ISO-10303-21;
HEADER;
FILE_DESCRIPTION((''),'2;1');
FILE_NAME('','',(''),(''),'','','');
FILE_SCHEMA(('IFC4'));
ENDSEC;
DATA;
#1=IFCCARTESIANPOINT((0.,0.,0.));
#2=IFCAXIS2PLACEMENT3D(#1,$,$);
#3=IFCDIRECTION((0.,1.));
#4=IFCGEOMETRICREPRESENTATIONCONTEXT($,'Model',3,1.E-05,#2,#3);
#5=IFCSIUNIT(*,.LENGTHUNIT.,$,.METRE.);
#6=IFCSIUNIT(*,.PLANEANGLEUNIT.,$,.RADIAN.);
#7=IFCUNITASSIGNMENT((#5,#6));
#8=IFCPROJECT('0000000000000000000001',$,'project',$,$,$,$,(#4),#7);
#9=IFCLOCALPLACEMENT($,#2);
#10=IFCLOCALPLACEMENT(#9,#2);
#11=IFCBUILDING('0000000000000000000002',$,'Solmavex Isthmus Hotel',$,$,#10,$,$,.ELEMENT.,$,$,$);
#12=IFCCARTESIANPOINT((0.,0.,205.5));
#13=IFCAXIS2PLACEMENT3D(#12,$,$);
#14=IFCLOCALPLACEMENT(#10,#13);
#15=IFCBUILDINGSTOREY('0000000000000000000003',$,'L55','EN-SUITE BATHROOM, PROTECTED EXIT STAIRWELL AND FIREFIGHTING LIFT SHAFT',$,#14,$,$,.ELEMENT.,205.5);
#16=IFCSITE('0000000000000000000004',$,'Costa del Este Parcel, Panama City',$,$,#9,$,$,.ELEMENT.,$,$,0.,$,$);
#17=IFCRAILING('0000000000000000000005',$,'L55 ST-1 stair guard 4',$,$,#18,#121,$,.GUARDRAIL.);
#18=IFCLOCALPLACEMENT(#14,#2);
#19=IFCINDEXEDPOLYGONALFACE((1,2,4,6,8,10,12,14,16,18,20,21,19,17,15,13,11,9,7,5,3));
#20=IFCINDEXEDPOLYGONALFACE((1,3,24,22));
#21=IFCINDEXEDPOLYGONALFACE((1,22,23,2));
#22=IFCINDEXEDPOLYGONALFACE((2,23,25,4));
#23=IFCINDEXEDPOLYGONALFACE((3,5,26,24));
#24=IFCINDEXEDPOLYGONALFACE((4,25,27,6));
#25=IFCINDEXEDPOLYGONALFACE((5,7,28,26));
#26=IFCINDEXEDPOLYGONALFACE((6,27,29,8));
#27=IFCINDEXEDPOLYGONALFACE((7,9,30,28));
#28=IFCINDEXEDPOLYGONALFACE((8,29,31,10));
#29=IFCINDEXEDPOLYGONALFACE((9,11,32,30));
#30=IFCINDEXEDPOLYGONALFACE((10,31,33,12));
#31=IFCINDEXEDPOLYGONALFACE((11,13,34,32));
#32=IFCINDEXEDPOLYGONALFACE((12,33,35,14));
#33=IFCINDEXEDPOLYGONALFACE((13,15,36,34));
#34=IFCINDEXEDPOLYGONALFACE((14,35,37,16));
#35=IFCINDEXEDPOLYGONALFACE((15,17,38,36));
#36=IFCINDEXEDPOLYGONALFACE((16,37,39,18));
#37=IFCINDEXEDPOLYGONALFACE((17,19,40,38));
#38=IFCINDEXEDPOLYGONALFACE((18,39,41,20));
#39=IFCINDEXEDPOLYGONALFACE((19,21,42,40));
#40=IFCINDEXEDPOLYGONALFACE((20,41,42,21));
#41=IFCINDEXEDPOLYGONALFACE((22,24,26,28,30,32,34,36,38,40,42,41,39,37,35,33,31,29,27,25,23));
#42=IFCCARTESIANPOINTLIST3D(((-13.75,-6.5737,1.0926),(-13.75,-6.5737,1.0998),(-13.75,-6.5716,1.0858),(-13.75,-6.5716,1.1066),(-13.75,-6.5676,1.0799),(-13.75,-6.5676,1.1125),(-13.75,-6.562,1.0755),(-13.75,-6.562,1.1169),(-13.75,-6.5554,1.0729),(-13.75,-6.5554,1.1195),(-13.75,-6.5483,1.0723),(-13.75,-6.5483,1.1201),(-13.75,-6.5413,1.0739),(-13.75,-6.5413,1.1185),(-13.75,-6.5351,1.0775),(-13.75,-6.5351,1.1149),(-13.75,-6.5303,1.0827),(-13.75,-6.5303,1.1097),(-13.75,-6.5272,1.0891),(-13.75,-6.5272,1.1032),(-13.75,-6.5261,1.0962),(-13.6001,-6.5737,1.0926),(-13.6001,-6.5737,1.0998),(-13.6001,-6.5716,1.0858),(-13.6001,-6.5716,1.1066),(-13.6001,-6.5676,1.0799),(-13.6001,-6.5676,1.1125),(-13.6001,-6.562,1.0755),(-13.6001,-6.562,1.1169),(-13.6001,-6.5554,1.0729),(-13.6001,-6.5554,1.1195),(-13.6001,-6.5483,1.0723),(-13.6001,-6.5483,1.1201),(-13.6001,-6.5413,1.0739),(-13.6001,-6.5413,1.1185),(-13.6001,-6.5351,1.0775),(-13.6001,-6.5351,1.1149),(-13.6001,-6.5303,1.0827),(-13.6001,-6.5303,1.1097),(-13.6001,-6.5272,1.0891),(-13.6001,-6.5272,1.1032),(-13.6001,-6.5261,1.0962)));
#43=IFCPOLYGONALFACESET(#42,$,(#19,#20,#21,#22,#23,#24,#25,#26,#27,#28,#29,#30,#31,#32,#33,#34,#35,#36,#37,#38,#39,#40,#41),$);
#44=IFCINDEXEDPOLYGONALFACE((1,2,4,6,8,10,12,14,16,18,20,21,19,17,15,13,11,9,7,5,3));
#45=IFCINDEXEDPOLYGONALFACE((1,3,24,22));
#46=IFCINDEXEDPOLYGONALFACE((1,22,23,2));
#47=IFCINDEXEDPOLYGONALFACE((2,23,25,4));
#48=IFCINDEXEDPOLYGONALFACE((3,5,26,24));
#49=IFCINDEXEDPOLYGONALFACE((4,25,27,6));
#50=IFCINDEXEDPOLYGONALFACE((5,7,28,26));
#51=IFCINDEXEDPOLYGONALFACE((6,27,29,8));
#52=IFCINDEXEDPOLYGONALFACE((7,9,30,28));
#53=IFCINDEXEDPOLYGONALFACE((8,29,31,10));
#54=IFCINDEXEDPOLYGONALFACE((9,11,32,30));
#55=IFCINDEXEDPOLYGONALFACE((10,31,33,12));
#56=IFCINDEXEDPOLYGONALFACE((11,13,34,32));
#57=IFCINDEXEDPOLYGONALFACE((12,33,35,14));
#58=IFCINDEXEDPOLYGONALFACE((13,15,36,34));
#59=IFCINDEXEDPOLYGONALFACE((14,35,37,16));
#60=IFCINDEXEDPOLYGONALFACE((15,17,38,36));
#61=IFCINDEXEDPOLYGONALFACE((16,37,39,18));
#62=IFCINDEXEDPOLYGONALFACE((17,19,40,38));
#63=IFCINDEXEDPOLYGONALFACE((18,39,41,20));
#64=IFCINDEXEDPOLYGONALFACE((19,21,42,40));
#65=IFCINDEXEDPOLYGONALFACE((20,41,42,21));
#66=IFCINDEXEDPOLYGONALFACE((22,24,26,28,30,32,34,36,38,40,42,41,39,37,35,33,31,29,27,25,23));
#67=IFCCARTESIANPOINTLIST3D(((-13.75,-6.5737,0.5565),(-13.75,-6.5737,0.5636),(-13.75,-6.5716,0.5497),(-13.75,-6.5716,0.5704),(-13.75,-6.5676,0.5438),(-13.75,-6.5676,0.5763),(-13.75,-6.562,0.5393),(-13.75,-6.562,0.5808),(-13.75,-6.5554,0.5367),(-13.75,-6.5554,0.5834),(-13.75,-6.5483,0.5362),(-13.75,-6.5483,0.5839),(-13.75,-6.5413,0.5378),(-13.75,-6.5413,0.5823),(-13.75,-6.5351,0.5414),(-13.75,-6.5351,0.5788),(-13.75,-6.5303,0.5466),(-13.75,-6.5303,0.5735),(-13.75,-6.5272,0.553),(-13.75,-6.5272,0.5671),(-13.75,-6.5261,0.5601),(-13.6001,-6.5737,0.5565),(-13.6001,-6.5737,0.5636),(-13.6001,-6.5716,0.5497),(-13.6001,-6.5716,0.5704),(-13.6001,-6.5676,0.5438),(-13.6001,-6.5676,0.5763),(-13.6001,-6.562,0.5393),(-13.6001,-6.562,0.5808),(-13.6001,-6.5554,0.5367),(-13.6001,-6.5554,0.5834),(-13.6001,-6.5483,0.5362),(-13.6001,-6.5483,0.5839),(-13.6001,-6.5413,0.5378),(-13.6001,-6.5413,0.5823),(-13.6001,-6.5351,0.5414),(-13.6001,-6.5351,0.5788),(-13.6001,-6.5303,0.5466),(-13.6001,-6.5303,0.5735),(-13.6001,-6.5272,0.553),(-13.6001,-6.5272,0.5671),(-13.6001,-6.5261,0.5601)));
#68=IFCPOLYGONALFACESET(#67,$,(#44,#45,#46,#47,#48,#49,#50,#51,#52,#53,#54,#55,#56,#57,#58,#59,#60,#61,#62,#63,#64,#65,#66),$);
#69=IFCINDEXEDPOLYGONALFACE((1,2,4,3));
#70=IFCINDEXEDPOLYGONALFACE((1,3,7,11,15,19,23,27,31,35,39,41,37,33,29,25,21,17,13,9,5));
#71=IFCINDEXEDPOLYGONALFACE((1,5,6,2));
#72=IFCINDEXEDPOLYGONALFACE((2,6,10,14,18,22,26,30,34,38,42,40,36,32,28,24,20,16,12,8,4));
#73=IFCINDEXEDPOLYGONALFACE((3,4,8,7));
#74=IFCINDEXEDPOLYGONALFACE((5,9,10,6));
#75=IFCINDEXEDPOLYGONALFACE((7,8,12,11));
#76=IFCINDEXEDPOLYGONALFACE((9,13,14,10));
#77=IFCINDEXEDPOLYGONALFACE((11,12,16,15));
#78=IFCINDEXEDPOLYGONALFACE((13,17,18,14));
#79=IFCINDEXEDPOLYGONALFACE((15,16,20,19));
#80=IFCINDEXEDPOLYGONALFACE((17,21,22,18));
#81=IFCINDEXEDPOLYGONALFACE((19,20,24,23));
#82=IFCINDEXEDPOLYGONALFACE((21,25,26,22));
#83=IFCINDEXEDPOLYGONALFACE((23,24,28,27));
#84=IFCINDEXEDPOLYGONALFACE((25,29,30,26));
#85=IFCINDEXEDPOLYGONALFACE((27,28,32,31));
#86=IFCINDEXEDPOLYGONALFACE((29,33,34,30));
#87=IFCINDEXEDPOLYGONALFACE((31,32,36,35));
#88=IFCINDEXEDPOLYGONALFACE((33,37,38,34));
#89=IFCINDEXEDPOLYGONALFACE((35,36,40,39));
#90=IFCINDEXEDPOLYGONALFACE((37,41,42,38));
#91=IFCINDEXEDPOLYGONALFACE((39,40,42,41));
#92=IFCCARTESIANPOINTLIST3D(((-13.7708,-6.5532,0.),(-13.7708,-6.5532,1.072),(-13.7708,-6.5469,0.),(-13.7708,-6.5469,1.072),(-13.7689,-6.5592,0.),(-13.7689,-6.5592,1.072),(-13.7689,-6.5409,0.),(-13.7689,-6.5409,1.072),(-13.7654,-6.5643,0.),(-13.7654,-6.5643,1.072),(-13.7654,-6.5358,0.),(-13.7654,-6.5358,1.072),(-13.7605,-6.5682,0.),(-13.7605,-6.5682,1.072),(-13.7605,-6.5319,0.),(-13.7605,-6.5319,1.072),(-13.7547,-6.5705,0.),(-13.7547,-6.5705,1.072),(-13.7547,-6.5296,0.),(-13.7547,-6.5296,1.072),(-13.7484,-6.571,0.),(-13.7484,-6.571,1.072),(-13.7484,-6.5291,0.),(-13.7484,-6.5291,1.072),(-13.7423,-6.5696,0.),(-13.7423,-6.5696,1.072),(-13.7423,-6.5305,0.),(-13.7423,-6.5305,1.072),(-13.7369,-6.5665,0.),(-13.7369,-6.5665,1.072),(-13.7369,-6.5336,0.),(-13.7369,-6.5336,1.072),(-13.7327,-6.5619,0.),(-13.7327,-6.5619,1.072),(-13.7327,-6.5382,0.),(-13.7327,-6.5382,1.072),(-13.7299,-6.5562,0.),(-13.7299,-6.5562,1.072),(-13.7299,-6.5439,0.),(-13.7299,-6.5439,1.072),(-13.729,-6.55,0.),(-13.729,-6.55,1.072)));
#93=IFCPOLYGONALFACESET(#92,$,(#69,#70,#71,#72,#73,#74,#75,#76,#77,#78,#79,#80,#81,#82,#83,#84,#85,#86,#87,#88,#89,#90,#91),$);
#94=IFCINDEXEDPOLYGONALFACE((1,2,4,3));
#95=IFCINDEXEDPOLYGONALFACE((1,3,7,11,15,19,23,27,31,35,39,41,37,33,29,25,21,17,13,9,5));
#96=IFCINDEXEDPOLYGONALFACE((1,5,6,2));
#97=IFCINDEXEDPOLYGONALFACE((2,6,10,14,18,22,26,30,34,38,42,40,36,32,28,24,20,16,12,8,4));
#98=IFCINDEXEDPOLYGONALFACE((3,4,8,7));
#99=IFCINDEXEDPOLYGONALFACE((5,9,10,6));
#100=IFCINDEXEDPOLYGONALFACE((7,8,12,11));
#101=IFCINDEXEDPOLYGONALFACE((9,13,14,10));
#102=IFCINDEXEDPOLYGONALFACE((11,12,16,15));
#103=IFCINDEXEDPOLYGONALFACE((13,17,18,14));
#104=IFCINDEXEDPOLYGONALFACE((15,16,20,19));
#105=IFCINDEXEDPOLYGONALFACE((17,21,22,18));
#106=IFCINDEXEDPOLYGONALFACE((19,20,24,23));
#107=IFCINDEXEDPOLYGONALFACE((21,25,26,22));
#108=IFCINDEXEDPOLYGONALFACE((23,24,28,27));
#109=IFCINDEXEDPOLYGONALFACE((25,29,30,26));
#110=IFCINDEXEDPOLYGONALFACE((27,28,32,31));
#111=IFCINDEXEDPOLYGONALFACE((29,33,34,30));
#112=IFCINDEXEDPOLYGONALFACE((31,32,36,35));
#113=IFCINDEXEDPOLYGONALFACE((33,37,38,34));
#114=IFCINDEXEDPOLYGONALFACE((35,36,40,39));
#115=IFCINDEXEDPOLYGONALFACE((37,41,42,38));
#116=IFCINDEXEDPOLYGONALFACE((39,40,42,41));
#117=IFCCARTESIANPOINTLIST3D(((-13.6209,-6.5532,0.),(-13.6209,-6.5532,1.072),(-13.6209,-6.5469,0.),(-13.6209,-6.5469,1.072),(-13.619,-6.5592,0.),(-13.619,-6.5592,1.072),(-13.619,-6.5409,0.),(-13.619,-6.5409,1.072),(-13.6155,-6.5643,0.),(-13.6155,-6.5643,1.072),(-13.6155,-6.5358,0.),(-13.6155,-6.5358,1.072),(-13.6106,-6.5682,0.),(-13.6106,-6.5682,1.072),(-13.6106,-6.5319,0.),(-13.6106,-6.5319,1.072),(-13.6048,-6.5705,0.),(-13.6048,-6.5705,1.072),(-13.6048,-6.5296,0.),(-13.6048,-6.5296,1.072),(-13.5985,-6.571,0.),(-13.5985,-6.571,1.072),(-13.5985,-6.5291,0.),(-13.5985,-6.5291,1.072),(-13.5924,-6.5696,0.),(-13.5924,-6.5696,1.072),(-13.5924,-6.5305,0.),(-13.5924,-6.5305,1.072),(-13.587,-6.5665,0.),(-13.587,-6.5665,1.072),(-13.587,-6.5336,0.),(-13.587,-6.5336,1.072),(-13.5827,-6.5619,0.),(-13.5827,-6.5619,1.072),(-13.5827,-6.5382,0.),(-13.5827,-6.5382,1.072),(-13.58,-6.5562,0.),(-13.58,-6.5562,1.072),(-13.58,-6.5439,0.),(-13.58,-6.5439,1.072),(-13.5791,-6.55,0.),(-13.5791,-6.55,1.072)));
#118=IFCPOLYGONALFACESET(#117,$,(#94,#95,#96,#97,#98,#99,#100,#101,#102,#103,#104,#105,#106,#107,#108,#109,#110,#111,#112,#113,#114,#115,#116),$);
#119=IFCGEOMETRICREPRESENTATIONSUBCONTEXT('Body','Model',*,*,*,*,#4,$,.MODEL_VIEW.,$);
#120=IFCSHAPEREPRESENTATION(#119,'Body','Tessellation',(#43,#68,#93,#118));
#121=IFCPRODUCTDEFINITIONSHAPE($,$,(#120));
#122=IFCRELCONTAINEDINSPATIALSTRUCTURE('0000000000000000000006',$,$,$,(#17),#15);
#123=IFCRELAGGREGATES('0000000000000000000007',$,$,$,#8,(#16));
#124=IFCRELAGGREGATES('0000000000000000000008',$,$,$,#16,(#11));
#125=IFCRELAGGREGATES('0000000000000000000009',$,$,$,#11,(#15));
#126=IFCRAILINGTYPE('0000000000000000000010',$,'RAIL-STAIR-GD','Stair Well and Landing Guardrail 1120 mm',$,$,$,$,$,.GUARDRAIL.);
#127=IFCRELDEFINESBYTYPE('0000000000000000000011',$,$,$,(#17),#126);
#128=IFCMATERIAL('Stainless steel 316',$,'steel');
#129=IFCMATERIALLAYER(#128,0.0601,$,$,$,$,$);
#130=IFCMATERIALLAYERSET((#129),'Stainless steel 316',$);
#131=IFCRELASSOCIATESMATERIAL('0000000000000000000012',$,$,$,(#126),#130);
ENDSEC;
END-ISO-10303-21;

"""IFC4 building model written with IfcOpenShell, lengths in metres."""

from ifc_helpers import new_model, si_unit, direction, frame, origin, origin_2d, place, context, subcontext, project, spatial, circle, extrude, material, layer, layer_set, type_object, element, save


model = new_model("IFC4")

# Units and contexts
model_context = context("Model", 3, precision=1e-05, world=origin(), true_north=direction((0.0, 1.0)))
body_context = subcontext(model_context, "Body", "Model", "MODEL_VIEW")
ifc_project = project(units=[si_unit("LENGTHUNIT", "METRE"), si_unit("PLANEANGLEUNIT", "RADIAN")], contexts=[model_context])

# Site, building, storey
site_placement = place(None, origin())
site = spatial("IfcSite", under=ifc_project, at=site_placement, Name="Costa del Este Parcel, Panama City", CompositionType="ELEMENT", RefElevation=0.0)
building_placement = place(site_placement, origin())
building = spatial("IfcBuilding", under=site, at=building_placement, Name="Solmavex Isthmus Hotel", CompositionType="ELEMENT")
storey_placement = place(building_placement, frame((0.0, 0.0, 205.5)))
storey = spatial("IfcBuildingStorey", under=building, at=storey_placement, Name="L55", Description="EN-SUITE BATHROOM, PROTECTED EXIT STAIRWELL AND FIREFIGHTING LIFT SHAFT", CompositionType="ELEMENT", Elevation=205.5)

# Railing
ifc_material_1 = material(Name="Stainless steel 316", Category="steel")
ifc_layer_1 = layer(ifc_material_1, 0.0601)
ifc_layer_set_1 = layer_set([ifc_layer_1], Name="Stainless steel 316")
railing_type_1 = type_object("IfcRailingType", Name="RAIL-STAIR-GD", Description="Stair Well and Landing Guardrail 1120 mm", PredefinedType="GUARDRAIL", material=ifc_layer_set_1)
railing_1_placement = place(storey_placement, frame((-13.75, -6.55, 0.0)))
element("IfcRailing", 1, at=railing_1_placement, inside=storey, type_object=railing_type_1, Name="L55 ST-1 stair guard 4", PredefinedType="GUARDRAIL", context=body_context, shape_type="SweptSolid", body=[
    extrude(circle(Radius=0.0239, at=origin_2d()), frame((0.0, 0.0, 1.0962), z_axis=(1.0, 0.0, 0.0), x_axis=(0.0, 1.0, 0.0)), (0.0, 0.0, 1.0), 0.1499),
    extrude(circle(Radius=0.0239, at=origin_2d()), frame((0.0, 0.0, 0.5601), z_axis=(1.0, 0.0, 0.0), x_axis=(0.0, 1.0, 0.0)), (0.0, 0.0, 1.0), 0.1499),
    extrude(circle(Radius=0.021, at=origin_2d()), origin(), (0.0, 0.0, 1.0), 1.072),
    extrude(circle(Radius=0.021, at=origin_2d()), frame((0.1499, 0.0, 0.0)), (0.0, 0.0, 1.0), 1.072),
])

save(model, "model.ifc")
